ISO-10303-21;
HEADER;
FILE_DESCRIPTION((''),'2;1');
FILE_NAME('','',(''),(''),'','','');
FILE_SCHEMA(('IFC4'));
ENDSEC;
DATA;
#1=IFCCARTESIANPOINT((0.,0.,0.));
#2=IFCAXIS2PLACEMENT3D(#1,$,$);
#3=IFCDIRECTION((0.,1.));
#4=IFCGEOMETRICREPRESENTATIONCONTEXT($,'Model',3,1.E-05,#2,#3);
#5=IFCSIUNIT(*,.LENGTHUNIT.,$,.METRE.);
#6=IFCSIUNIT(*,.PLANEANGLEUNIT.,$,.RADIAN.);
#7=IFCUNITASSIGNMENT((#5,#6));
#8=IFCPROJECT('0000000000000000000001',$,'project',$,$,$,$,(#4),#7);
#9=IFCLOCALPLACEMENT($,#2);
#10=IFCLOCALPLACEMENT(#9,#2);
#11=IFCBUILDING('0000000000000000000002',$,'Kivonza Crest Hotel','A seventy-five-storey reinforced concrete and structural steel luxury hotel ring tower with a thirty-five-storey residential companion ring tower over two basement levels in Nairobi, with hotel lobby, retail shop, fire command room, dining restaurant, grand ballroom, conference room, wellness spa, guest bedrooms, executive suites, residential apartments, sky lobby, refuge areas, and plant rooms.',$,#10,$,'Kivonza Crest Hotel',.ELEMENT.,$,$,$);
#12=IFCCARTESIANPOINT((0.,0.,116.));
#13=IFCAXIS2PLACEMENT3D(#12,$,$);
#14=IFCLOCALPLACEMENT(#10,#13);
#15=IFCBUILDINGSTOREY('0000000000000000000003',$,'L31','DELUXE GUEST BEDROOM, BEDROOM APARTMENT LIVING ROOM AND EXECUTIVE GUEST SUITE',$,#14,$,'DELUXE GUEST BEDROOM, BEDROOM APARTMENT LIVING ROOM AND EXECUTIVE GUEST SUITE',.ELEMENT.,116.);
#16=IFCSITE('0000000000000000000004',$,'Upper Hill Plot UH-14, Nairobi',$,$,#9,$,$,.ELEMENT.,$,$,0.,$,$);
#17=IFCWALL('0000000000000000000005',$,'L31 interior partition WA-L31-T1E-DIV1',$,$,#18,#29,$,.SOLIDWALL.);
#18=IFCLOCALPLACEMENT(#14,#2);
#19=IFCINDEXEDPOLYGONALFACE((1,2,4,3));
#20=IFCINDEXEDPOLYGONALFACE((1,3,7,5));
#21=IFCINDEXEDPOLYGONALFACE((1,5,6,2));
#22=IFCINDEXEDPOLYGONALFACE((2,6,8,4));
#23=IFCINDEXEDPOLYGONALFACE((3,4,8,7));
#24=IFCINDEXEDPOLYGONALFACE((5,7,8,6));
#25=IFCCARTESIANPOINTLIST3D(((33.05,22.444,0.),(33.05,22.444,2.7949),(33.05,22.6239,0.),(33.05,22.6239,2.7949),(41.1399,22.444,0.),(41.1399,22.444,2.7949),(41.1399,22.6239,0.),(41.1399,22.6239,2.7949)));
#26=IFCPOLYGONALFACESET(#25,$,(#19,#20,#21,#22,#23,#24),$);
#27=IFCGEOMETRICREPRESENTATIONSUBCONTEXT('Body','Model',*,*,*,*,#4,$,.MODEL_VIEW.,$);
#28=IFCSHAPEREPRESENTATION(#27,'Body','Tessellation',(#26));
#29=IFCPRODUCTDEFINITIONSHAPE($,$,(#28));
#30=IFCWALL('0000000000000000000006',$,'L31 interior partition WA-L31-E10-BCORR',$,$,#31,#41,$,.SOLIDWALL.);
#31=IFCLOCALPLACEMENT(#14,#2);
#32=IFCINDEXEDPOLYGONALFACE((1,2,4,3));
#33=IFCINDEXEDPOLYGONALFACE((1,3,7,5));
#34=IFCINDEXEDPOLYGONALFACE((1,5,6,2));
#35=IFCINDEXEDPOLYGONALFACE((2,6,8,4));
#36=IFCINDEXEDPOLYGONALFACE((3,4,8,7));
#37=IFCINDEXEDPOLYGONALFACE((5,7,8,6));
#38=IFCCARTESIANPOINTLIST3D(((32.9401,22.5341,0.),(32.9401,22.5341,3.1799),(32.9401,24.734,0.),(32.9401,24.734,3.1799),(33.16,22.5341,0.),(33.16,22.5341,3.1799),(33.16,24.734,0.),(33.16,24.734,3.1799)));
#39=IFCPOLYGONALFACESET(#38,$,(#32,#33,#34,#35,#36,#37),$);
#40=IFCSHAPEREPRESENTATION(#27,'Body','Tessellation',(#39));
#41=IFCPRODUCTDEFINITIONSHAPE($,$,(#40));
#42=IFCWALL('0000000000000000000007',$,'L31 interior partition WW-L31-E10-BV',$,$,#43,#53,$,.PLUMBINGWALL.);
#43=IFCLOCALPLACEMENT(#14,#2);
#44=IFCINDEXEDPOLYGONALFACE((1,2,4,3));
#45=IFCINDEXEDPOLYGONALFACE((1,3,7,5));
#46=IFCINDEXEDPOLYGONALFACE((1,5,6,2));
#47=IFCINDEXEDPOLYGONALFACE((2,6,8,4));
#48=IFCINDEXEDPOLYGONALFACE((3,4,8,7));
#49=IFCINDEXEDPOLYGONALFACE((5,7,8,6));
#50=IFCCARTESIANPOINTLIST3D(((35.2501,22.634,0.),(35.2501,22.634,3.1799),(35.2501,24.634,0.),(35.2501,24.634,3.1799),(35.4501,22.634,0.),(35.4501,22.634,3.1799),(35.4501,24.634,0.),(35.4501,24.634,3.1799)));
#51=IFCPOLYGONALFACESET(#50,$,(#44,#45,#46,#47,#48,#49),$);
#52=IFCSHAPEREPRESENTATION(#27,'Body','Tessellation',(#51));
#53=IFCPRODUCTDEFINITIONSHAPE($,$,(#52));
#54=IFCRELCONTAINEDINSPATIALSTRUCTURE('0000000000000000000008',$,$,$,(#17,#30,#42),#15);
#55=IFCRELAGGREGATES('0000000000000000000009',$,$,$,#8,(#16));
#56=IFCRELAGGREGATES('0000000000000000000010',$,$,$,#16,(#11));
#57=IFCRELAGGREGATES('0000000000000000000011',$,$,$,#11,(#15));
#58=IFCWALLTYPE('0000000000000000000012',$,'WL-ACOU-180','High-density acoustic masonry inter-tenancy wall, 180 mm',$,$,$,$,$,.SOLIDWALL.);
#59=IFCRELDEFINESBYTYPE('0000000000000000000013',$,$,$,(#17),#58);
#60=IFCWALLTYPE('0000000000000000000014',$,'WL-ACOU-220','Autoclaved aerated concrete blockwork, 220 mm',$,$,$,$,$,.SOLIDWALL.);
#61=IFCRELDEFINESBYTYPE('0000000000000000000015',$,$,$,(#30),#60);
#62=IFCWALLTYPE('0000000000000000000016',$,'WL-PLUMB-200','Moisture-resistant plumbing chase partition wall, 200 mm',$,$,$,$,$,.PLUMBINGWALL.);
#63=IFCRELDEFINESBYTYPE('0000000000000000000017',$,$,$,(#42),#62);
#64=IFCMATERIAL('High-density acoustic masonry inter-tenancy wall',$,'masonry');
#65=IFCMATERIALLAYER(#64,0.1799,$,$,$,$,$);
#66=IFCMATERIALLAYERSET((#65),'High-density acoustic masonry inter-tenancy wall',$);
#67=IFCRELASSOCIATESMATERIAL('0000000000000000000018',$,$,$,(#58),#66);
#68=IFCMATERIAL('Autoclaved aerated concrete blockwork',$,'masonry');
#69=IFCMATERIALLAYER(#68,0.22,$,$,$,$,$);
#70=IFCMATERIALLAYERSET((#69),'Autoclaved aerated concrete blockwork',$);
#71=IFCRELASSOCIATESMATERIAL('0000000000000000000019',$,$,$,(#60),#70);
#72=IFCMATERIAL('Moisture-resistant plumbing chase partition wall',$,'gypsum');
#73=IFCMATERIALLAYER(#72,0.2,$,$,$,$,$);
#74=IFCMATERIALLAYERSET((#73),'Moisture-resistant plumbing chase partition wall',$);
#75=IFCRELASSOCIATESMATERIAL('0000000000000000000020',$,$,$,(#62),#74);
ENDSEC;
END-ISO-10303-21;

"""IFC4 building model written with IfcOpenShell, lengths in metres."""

from ifc_helpers import new_model, si_unit, direction, frame, frame_2d, origin, place, context, subcontext, project, spatial, rectangle, extrude, material, layer, layer_set, type_object, element, save


model = new_model("IFC4")

# Units and contexts
model_context = context("Model", 3, precision=1e-05, world=origin(), true_north=direction((0.0, 1.0)))
body_context = subcontext(model_context, "Body", "Model", "MODEL_VIEW")
ifc_project = project(units=[si_unit("LENGTHUNIT", "METRE"), si_unit("PLANEANGLEUNIT", "RADIAN")], contexts=[model_context])

# Site, building, storey
site_placement = place(None, origin())
site = spatial("IfcSite", under=ifc_project, at=site_placement, Name="Upper Hill Plot UH-14, Nairobi", CompositionType="ELEMENT", RefElevation=0.0)
building_placement = place(site_placement, origin())
building = spatial("IfcBuilding", under=site, at=building_placement, Name="Kivonza Crest Hotel", Description="A seventy-five-storey reinforced concrete and structural steel luxury hotel ring tower with a thirty-five-storey residential companion ring tower over two basement levels in Nairobi, with hotel lobby, retail shop, fire command room, dining restaurant, grand ballroom, conference room, wellness spa, guest bedrooms, executive suites, residential apartments, sky lobby, refuge areas, and plant rooms.", LongName="Kivonza Crest Hotel", CompositionType="ELEMENT")
storey_placement = place(building_placement, frame((0.0, 0.0, 116.0)))
storey = spatial("IfcBuildingStorey", under=building, at=storey_placement, Name="L31", Description="DELUXE GUEST BEDROOM, BEDROOM APARTMENT LIVING ROOM AND EXECUTIVE GUEST SUITE", LongName="DELUXE GUEST BEDROOM, BEDROOM APARTMENT LIVING ROOM AND EXECUTIVE GUEST SUITE", CompositionType="ELEMENT", Elevation=116.0)

# Walls
ifc_material_1 = material(Name="High-density acoustic masonry inter-tenancy wall", Category="masonry")
ifc_layer_1 = layer(ifc_material_1, 0.1799)
ifc_layer_set_1 = layer_set([ifc_layer_1], Name="High-density acoustic masonry inter-tenancy wall")
wall_type_1 = type_object("IfcWallType", Name="WL-ACOU-180", Description="High-density acoustic masonry inter-tenancy wall, 180 mm", PredefinedType="SOLIDWALL", material=ifc_layer_set_1)
wall_1_placement = place(storey_placement, frame((33.05, 22.5339, 0.0), z_axis=(0.0, 0.0, 1.0), x_axis=(1.0, 0.0, 0.0)))
element("IfcWall", 1, at=wall_1_placement, inside=storey, type_object=wall_type_1, Name="L31 interior partition WA-L31-T1E-DIV1", PredefinedType="SOLIDWALL", context=body_context, shape_type="SweptSolid", body=[
    extrude(rectangle(XDim=8.0898, YDim=0.1799, at=frame_2d((4.0449, 0.0))), origin(), (0.0, 0.0, 1.0), 2.7949),
])
ifc_material_2 = material(Name="Autoclaved aerated concrete blockwork", Category="masonry")
ifc_layer_2 = layer(ifc_material_2, 0.22)
ifc_layer_set_2 = layer_set([ifc_layer_2], Name="Autoclaved aerated concrete blockwork")
wall_type_2 = type_object("IfcWallType", Name="WL-ACOU-220", Description="Autoclaved aerated concrete blockwork, 220 mm", PredefinedType="SOLIDWALL", material=ifc_layer_set_2)
wall_2_placement = place(storey_placement, frame((33.05, 22.5339, 0.0), z_axis=(0.0, 0.0, 1.0), x_axis=(0.0, 1.0, 0.0)))
element("IfcWall", 2, at=wall_2_placement, inside=storey, type_object=wall_type_2, Name="L31 interior partition WA-L31-E10-BCORR", PredefinedType="SOLIDWALL", context=body_context, shape_type="SweptSolid", body=[
    extrude(rectangle(XDim=2.2, YDim=0.22, at=frame_2d((1.1001, 0.0))), origin(), (0.0, 0.0, 1.0), 3.1799),
])
ifc_material_3 = material(Name="Moisture-resistant plumbing chase partition wall", Category="gypsum")
ifc_layer_3 = layer(ifc_material_3, 0.2)
ifc_layer_set_3 = layer_set([ifc_layer_3], Name="Moisture-resistant plumbing chase partition wall")
wall_type_3 = type_object("IfcWallType", Name="WL-PLUMB-200", Description="Moisture-resistant plumbing chase partition wall, 200 mm", PredefinedType="PLUMBINGWALL", material=ifc_layer_set_3)
wall_3_placement = place(storey_placement, frame((35.3501, 22.634, 0.0), z_axis=(0.0, 0.0, 1.0), x_axis=(0.0, 1.0, 0.0)))
element("IfcWall", 3, at=wall_3_placement, inside=storey, type_object=wall_type_3, Name="L31 interior partition WW-L31-E10-BV", PredefinedType="PLUMBINGWALL", context=body_context, shape_type="SweptSolid", body=[
    extrude(rectangle(XDim=2.0, YDim=0.2, at=frame_2d((1.0, 0.0))), origin(), (0.0, 0.0, 1.0), 3.1799),
])

save(model, "model.ifc")
